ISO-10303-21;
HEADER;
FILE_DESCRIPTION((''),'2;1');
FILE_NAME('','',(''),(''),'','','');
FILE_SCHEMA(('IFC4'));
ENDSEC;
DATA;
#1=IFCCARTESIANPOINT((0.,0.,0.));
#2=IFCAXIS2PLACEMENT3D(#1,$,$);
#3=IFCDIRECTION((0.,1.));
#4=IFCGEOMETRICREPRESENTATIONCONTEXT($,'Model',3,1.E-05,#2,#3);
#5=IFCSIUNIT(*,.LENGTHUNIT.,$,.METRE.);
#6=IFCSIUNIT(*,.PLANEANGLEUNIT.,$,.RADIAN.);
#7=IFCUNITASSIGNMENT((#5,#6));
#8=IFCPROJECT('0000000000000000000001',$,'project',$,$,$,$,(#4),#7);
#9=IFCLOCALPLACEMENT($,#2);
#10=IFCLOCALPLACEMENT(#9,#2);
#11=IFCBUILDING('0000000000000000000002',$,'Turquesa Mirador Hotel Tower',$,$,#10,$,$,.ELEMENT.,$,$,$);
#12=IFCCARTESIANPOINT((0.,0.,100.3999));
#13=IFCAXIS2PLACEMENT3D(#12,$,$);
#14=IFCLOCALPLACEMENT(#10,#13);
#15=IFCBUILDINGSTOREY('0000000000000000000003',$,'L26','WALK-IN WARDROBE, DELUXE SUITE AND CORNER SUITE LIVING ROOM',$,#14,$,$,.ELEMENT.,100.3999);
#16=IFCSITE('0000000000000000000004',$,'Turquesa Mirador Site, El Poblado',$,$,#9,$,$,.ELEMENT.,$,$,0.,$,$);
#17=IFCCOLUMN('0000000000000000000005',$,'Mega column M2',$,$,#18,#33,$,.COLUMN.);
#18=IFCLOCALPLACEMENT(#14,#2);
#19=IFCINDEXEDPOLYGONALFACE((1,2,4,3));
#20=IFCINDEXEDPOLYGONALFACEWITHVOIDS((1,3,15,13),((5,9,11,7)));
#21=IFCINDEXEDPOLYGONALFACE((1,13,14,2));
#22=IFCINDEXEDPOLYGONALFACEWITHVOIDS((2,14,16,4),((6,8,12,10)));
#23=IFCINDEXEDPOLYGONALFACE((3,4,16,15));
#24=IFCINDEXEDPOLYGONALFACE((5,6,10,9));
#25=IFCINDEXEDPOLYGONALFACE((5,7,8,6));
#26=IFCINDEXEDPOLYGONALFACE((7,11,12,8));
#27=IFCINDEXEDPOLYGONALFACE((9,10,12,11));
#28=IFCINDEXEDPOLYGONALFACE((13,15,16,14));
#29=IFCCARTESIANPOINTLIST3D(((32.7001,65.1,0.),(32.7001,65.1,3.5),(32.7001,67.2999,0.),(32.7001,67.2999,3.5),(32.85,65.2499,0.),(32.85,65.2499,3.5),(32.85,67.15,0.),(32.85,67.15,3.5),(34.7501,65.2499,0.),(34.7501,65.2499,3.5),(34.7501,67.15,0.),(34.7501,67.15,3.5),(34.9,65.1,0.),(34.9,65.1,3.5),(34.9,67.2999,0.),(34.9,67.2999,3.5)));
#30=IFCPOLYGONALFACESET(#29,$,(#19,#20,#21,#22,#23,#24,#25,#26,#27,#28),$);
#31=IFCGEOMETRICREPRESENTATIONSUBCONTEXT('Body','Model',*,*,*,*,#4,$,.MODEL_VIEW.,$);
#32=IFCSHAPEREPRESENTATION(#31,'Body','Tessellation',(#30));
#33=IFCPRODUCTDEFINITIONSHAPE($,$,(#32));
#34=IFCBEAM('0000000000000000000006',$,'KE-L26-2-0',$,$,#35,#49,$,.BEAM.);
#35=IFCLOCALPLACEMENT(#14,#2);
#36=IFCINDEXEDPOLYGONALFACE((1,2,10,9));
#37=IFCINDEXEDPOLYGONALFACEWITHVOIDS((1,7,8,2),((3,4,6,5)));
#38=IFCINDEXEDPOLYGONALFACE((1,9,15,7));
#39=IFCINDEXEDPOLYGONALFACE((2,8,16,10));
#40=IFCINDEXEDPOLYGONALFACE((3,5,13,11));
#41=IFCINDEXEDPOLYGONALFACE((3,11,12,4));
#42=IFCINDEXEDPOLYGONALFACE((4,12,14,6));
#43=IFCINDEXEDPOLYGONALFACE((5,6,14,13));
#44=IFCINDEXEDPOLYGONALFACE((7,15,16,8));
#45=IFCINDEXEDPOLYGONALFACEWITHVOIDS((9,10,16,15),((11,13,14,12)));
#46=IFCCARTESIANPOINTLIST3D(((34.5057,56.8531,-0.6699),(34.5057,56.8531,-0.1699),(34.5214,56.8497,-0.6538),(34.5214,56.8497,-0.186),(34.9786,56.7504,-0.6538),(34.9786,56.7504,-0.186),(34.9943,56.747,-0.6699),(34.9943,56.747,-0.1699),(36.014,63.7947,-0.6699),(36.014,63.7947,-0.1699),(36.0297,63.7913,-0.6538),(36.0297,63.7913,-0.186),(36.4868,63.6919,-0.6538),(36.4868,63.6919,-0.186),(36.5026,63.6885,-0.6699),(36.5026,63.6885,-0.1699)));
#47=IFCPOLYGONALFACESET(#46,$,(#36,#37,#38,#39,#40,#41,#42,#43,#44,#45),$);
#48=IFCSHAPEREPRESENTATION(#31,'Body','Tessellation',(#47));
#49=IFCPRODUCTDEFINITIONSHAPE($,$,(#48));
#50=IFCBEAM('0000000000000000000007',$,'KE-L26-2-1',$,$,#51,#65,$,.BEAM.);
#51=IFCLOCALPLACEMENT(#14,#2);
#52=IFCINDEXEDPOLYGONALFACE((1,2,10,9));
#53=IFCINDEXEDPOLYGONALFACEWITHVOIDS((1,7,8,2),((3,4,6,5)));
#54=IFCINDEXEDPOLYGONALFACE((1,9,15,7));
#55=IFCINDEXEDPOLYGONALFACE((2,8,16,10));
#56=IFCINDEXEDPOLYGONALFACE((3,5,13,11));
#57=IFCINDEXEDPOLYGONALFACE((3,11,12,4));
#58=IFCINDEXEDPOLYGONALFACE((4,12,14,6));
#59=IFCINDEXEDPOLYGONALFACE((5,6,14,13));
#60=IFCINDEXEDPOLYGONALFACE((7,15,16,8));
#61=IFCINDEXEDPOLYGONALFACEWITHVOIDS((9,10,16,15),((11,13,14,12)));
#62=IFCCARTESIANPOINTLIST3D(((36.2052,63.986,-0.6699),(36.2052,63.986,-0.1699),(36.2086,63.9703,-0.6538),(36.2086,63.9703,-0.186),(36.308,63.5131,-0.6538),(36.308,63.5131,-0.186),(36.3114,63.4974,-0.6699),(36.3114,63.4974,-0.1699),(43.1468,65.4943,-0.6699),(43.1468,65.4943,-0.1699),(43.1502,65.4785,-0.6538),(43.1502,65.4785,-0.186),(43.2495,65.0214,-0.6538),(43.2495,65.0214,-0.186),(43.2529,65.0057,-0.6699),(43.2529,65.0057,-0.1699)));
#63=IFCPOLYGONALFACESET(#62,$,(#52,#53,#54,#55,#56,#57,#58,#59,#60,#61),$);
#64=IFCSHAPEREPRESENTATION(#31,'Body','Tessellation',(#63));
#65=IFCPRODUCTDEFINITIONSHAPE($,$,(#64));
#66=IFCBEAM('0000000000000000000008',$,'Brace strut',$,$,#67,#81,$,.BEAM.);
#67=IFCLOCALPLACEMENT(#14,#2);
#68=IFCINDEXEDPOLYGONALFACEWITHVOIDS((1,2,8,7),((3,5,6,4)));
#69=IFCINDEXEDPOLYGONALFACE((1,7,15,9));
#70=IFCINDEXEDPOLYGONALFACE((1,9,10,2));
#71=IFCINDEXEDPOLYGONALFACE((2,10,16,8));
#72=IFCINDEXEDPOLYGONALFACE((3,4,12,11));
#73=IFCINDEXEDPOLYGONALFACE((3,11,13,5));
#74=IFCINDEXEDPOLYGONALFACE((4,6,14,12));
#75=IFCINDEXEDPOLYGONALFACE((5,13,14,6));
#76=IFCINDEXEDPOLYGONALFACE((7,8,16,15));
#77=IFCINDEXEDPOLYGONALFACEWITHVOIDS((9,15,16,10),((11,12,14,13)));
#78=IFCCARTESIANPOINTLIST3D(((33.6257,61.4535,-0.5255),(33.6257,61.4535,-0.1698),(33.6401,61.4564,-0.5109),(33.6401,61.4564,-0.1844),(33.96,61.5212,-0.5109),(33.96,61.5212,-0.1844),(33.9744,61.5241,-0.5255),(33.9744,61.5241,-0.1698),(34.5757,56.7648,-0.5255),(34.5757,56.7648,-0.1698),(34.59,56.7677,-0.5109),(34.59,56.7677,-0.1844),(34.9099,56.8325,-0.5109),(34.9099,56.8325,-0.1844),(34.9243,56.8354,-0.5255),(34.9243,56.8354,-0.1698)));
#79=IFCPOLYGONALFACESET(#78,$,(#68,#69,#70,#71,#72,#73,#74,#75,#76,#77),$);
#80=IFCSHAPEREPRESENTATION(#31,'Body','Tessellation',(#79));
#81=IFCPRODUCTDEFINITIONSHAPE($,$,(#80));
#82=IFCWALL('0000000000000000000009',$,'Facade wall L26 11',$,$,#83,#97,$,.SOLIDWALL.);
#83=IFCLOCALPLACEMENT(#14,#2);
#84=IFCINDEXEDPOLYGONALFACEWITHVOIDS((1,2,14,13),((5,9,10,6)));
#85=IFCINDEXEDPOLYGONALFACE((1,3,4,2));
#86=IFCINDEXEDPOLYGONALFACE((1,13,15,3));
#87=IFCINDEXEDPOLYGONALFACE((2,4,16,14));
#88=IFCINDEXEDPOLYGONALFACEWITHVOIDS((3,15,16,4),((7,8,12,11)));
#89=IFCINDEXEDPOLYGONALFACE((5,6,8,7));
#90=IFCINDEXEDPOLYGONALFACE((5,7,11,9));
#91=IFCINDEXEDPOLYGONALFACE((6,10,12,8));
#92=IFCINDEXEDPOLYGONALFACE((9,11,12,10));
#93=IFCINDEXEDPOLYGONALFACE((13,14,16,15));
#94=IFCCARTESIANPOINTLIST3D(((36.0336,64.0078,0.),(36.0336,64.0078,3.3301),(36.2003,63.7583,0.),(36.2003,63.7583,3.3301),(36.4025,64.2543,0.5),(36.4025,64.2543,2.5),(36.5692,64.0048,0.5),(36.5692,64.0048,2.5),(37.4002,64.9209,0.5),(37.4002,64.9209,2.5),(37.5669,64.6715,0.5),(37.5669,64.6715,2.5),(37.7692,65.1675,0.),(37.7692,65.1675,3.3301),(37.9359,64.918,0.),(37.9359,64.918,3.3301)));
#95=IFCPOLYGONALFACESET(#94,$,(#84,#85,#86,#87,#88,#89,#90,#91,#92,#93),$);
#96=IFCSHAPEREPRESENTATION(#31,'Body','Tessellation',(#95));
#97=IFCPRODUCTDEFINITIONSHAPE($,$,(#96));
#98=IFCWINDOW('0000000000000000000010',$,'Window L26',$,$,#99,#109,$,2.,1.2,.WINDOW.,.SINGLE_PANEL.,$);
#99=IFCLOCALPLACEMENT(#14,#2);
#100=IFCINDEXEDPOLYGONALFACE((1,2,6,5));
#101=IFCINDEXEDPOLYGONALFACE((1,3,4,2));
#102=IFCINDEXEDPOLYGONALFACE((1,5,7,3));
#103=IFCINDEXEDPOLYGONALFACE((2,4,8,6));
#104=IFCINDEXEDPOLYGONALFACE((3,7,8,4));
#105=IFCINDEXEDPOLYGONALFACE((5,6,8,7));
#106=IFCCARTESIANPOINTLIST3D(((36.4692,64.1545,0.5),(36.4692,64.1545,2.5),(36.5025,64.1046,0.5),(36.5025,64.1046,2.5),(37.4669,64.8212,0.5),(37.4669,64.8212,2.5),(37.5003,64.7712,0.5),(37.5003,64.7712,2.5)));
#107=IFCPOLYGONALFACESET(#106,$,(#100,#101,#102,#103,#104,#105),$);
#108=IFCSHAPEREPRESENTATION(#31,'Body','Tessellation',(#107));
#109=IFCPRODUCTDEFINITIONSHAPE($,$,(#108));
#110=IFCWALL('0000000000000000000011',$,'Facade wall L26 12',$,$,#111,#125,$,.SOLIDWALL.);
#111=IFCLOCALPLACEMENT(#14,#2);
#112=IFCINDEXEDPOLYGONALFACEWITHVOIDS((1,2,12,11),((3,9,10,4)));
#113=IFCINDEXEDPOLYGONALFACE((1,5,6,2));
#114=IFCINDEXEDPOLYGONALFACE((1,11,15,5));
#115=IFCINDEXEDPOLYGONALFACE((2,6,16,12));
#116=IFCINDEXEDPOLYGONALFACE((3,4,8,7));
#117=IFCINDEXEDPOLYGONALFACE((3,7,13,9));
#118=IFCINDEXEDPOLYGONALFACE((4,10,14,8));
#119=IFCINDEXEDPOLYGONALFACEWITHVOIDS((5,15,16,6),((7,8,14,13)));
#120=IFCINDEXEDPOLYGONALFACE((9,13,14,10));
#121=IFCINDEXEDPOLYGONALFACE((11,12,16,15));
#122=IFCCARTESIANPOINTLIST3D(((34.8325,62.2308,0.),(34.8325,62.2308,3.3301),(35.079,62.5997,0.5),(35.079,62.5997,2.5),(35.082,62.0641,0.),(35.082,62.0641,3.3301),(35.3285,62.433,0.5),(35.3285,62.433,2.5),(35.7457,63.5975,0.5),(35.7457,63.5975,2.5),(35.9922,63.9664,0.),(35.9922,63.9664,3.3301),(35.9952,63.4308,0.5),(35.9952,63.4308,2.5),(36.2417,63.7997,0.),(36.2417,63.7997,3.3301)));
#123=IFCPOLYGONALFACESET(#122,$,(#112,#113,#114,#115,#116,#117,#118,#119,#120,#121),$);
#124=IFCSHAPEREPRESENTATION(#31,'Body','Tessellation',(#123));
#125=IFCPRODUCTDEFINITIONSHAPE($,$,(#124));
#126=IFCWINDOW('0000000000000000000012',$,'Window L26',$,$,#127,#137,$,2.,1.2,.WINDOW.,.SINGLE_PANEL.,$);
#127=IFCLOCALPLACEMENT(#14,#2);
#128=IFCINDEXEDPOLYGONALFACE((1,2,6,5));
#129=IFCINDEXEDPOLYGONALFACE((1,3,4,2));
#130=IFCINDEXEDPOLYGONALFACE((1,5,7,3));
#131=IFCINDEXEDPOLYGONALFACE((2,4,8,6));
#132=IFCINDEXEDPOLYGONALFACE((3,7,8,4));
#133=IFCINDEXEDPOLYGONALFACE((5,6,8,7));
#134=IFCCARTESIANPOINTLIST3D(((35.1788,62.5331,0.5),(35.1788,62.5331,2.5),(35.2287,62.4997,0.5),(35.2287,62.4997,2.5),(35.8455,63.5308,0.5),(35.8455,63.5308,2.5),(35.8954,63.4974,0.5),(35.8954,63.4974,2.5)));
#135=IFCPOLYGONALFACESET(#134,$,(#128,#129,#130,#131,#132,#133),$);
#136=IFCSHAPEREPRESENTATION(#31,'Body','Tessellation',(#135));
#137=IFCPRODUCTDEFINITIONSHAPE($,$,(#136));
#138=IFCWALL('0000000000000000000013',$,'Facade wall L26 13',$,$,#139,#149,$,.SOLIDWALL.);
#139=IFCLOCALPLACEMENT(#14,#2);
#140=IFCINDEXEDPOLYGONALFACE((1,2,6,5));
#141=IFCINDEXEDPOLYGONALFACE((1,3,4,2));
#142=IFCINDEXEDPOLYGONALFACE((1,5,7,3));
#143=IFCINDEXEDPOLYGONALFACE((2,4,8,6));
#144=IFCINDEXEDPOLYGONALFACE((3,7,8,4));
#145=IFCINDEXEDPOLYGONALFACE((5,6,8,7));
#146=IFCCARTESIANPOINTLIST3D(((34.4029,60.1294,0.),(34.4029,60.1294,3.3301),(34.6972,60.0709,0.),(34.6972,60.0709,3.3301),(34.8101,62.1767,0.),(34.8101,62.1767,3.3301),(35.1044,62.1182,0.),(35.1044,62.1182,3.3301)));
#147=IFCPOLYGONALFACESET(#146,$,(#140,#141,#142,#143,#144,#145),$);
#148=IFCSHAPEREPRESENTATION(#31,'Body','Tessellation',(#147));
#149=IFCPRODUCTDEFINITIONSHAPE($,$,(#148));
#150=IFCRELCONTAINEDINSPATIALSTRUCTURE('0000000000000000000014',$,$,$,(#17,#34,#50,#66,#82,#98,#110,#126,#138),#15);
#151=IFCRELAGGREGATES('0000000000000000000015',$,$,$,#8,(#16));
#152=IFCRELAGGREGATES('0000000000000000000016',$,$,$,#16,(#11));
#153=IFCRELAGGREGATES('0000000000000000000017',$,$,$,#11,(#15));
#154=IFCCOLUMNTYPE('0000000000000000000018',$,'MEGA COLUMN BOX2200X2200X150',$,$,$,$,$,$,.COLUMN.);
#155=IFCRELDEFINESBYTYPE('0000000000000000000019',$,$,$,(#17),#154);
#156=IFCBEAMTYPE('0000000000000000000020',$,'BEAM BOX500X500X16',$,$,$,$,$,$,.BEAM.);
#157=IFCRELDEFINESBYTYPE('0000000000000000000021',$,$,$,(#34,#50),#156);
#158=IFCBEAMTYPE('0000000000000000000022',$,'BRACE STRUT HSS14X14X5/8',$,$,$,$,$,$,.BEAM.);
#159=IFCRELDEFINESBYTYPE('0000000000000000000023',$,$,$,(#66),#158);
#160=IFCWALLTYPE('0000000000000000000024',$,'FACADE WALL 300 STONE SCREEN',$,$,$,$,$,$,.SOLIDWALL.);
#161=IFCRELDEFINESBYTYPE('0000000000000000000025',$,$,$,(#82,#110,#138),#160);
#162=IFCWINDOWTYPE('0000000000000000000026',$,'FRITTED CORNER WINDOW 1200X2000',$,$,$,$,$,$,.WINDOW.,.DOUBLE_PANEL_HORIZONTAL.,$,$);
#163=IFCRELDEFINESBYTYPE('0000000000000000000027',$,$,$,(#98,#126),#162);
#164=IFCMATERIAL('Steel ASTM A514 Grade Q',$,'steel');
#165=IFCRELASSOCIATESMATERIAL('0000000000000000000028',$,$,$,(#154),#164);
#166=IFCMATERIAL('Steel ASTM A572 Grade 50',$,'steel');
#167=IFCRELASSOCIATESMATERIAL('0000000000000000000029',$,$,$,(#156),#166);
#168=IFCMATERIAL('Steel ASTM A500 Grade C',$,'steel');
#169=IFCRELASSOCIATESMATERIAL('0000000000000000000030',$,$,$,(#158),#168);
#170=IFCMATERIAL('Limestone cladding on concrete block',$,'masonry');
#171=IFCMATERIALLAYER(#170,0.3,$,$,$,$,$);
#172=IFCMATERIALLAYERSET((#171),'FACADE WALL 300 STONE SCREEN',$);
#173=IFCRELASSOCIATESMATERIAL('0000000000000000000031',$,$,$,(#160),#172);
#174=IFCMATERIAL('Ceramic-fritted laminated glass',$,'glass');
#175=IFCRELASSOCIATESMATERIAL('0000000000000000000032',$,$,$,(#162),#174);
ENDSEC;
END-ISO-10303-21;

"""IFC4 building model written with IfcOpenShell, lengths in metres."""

from ifc_helpers import new_model, si_unit, direction, frame, frame_2d, origin, origin_2d, place, context, subcontext, project, spatial, rectangle, hollow_rectangle, extrude, material, layer, layer_set, material_profile, profile_set, type_object, element, fill, save


model = new_model("IFC4")

# Units and contexts
model_context = context("Model", 3, precision=1e-05, world=origin(), true_north=direction((0.0, 1.0)))
body_context = subcontext(model_context, "Body", "Model", "MODEL_VIEW")
ifc_project = project(units=[si_unit("LENGTHUNIT", "METRE"), si_unit("PLANEANGLEUNIT", "RADIAN")], contexts=[model_context])

# Site, building, storey
site_placement = place(None, origin())
site = spatial("IfcSite", under=ifc_project, at=site_placement, Name="Turquesa Mirador Site, El Poblado", CompositionType="ELEMENT", RefElevation=0.0)
building_placement = place(site_placement, origin())
building = spatial("IfcBuilding", under=site, at=building_placement, Name="Turquesa Mirador Hotel Tower", CompositionType="ELEMENT")
storey_placement = place(building_placement, frame((0.0, 0.0, 100.3999)))
storey = spatial("IfcBuildingStorey", under=building, at=storey_placement, Name="L26", Description="WALK-IN WARDROBE, DELUXE SUITE AND CORNER SUITE LIVING ROOM", CompositionType="ELEMENT", Elevation=100.3999)

# Column
ifc_material_1 = material(Name="Steel ASTM A514 Grade Q", Category="steel")
ifc_material_profile_1 = material_profile(ifc_material_1, hollow_rectangle(XDim=2.2, YDim=2.2, WallThickness=0.1499, at=origin_2d()), Name="BOX2200X2200X150")
ifc_profile_set_1 = profile_set([ifc_material_profile_1], Name="Steel ASTM A514 Grade Q")
column_type = type_object("IfcColumnType", Name="MEGA COLUMN BOX2200X2200X150", PredefinedType="COLUMN", material=ifc_profile_set_1)
column_placement = place(storey_placement, frame((33.8, 66.2, 0.0), z_axis=(0.0, 0.0, 1.0), x_axis=(1.0, 0.0, 0.0)))
element("IfcColumn", 1, at=column_placement, inside=storey, type_object=column_type, Name="Mega column M2", PredefinedType="COLUMN", context=body_context, shape_type="SweptSolid", body=[
    extrude(hollow_rectangle(XDim=2.2, YDim=2.2, WallThickness=0.1499, at=origin_2d()), origin(), (0.0, 0.0, 1.0), 3.5),
])

# Beams
ifc_material_2 = material(Name="Steel ASTM A572 Grade 50", Category="steel")
ifc_material_profile_2 = material_profile(ifc_material_2, hollow_rectangle(XDim=0.5, YDim=0.5, WallThickness=0.0161, at=origin_2d()), Name="BOX500X500X16")
ifc_profile_set_2 = profile_set([ifc_material_profile_2], Name="Steel ASTM A572 Grade 50")
beam_type_1 = type_object("IfcBeamType", Name="BEAM BOX500X500X16", PredefinedType="BEAM", material=ifc_profile_set_2)
for number, where, z_axis, x_axis, name in (
    (2, (34.75, 56.8, -0.4199), (0.212328, 0.977198, 0.0), (-0.977198, 0.212328, 0.0), "KE-L26-2-0"),
    (3, (36.2583, 63.7417, -0.4199), (0.977198, 0.212328, 0.0), (-0.212328, 0.977198, 0.0), "KE-L26-2-1"),
):
    element("IfcBeam", number, at=place(storey_placement, frame(where, z_axis=z_axis, x_axis=x_axis)), inside=storey, type_object=beam_type_1, Name=name, PredefinedType="BEAM", context=body_context, shape_type="SweptSolid", body=[
        extrude(hollow_rectangle(XDim=0.5, YDim=0.5, WallThickness=0.0161, at=origin_2d()), origin(), (0.0, 0.0, 1.0), 7.1035),
    ])
ifc_material_3 = material(Name="Steel ASTM A500 Grade C", Category="steel")
ifc_material_profile_3 = material_profile(ifc_material_3, hollow_rectangle(XDim=0.3557, YDim=0.3557, WallThickness=0.0146, at=origin_2d()), Name="HSS14X14X5/8")
ifc_profile_set_3 = profile_set([ifc_material_profile_3], Name="Steel ASTM A500 Grade C")
beam_type_2 = type_object("IfcBeamType", Name="BRACE STRUT HSS14X14X5/8", PredefinedType="BEAM", material=ifc_profile_set_3)
beam_placement = place(storey_placement, frame((33.8, 61.4888, -0.3477), z_axis=(0.198569, -0.980087, 0.0), x_axis=(0.980087, 0.198569, 0.0)))
element("IfcBeam", 4, at=beam_placement, inside=storey, type_object=beam_type_2, Name="Brace strut", PredefinedType="BEAM", context=body_context, shape_type="SweptSolid", body=[
    extrude(hollow_rectangle(XDim=0.3557, YDim=0.3557, WallThickness=0.0146, at=origin_2d()), origin(), (0.0, 0.0, 1.0), 4.7839),
])

# Walls, openings, windows
ifc_material_4 = material(Name="Limestone cladding on concrete block", Category="masonry")
ifc_layer = layer(ifc_material_4, 0.3)
ifc_layer_set = layer_set([ifc_layer], Name="FACADE WALL 300 STONE SCREEN")
wall_type = type_object("IfcWallType", Name="FACADE WALL 300 STONE SCREEN", PredefinedType="SOLIDWALL", material=ifc_layer_set)
wall_1_placement = place(storey_placement, frame((37.8525, 65.0427, 0.0), z_axis=(0.0, 0.0, 1.0), x_axis=(-0.831474, -0.555564, 0.0)))
wall_1 = element("IfcWall", 5, at=wall_1_placement, inside=storey, type_object=wall_type, Name="Facade wall L26 11", PredefinedType="SOLIDWALL", context=body_context, shape_type="SweptSolid", body=[
    extrude(rectangle(XDim=2.0874, YDim=0.3, at=frame_2d((1.0437, 0.0))), origin(), (0.0, 0.0, 1.0), 3.3301),
])
opening_1_placement = place(wall_1_placement, frame((0.4436, 0.0, 0.5)))
opening_1 = element("IfcOpeningElement", 6, at=opening_1_placement, cuts=wall_1, PredefinedType="OPENING", context=body_context, shape_type="SweptSolid", body=[
    extrude(rectangle(XDim=1.2, YDim=2.0, at=frame_2d((0.6001, 1.0))), frame((0.0, 0.1599, 0.0), z_axis=(0.0, -1.0, 0.0), x_axis=(1.0, 0.0, 0.0)), (0.0, 0.0, 1.0), 0.3201),
])
ifc_material_5 = material(Name="Ceramic-fritted laminated glass", Category="glass")
window_type_1 = type_object("IfcWindowType", Name="FRITTED CORNER WINDOW 1200X2000", PartitioningType="DOUBLE_PANEL_HORIZONTAL", PredefinedType="WINDOW", material=ifc_material_5)
window_1_placement = place(opening_1_placement, origin())
window_1 = element("IfcWindow", 7, at=window_1_placement, inside=storey, type_object=window_type_1, Name="Window L26", OverallHeight=2.0, OverallWidth=1.2, PartitioningType="SINGLE_PANEL", PredefinedType="WINDOW", context=body_context, shape_type="SweptSolid", body=[
    extrude(rectangle(XDim=1.2, YDim=2.0, at=frame_2d((0.6001, 1.0))), frame((0.0, 0.03, 0.0), z_axis=(0.0, -1.0, 0.0), x_axis=(1.0, 0.0, 0.0)), (0.0, 0.0, 1.0), 0.0601),
])
fill(opening_1, window_1)
wall_2_placement = place(storey_placement, frame((36.1169, 63.8831, 0.0), z_axis=(0.0, 0.0, 1.0), x_axis=(-0.555564, -0.831474, 0.0)))
wall_2 = element("IfcWall", 8, at=wall_2_placement, inside=storey, type_object=wall_type, Name="Facade wall L26 12", PredefinedType="SOLIDWALL", context=body_context, shape_type="SweptSolid", body=[
    extrude(rectangle(XDim=2.0874, YDim=0.3, at=frame_2d((1.0437, 0.0))), origin(), (0.0, 0.0, 1.0), 3.3301),
])
opening_2_placement = place(wall_2_placement, frame((0.4436, 0.0, 0.5)))
opening_2 = element("IfcOpeningElement", 9, at=opening_2_placement, cuts=wall_2, PredefinedType="OPENING", context=body_context, shape_type="SweptSolid", body=[
    extrude(rectangle(XDim=1.2, YDim=2.0, at=frame_2d((0.6001, 1.0))), frame((0.0, 0.1599, 0.0), z_axis=(0.0, -1.0, 0.0), x_axis=(1.0, 0.0, 0.0)), (0.0, 0.0, 1.0), 0.3201),
])
window_2_placement = place(opening_2_placement, origin())
window_2 = element("IfcWindow", 10, at=window_2_placement, inside=storey, type_object=window_type_1, Name="Window L26", OverallHeight=2.0, OverallWidth=1.2, PartitioningType="SINGLE_PANEL", PredefinedType="WINDOW", context=body_context, shape_type="SweptSolid", body=[
    extrude(rectangle(XDim=1.2, YDim=2.0, at=frame_2d((0.6001, 1.0))), frame((0.0, 0.03, 0.0), z_axis=(0.0, -1.0, 0.0), x_axis=(1.0, 0.0, 0.0)), (0.0, 0.0, 1.0), 0.0601),
])
fill(opening_2, window_2)

# Wall
wall_3_placement = place(storey_placement, frame((34.9573, 62.1475, 0.0), z_axis=(0.0, 0.0, 1.0), x_axis=(-0.195081, -0.980787, 0.0)))
element("IfcWall", 11, at=wall_3_placement, inside=storey, type_object=wall_type, Name="Facade wall L26 13", PredefinedType="SOLIDWALL", context=body_context, shape_type="SweptSolid", body=[
    extrude(rectangle(XDim=2.0874, YDim=0.3, at=frame_2d((1.0437, 0.0))), origin(), (0.0, 0.0, 1.0), 3.3301),
])

save(model, "model.ifc")
